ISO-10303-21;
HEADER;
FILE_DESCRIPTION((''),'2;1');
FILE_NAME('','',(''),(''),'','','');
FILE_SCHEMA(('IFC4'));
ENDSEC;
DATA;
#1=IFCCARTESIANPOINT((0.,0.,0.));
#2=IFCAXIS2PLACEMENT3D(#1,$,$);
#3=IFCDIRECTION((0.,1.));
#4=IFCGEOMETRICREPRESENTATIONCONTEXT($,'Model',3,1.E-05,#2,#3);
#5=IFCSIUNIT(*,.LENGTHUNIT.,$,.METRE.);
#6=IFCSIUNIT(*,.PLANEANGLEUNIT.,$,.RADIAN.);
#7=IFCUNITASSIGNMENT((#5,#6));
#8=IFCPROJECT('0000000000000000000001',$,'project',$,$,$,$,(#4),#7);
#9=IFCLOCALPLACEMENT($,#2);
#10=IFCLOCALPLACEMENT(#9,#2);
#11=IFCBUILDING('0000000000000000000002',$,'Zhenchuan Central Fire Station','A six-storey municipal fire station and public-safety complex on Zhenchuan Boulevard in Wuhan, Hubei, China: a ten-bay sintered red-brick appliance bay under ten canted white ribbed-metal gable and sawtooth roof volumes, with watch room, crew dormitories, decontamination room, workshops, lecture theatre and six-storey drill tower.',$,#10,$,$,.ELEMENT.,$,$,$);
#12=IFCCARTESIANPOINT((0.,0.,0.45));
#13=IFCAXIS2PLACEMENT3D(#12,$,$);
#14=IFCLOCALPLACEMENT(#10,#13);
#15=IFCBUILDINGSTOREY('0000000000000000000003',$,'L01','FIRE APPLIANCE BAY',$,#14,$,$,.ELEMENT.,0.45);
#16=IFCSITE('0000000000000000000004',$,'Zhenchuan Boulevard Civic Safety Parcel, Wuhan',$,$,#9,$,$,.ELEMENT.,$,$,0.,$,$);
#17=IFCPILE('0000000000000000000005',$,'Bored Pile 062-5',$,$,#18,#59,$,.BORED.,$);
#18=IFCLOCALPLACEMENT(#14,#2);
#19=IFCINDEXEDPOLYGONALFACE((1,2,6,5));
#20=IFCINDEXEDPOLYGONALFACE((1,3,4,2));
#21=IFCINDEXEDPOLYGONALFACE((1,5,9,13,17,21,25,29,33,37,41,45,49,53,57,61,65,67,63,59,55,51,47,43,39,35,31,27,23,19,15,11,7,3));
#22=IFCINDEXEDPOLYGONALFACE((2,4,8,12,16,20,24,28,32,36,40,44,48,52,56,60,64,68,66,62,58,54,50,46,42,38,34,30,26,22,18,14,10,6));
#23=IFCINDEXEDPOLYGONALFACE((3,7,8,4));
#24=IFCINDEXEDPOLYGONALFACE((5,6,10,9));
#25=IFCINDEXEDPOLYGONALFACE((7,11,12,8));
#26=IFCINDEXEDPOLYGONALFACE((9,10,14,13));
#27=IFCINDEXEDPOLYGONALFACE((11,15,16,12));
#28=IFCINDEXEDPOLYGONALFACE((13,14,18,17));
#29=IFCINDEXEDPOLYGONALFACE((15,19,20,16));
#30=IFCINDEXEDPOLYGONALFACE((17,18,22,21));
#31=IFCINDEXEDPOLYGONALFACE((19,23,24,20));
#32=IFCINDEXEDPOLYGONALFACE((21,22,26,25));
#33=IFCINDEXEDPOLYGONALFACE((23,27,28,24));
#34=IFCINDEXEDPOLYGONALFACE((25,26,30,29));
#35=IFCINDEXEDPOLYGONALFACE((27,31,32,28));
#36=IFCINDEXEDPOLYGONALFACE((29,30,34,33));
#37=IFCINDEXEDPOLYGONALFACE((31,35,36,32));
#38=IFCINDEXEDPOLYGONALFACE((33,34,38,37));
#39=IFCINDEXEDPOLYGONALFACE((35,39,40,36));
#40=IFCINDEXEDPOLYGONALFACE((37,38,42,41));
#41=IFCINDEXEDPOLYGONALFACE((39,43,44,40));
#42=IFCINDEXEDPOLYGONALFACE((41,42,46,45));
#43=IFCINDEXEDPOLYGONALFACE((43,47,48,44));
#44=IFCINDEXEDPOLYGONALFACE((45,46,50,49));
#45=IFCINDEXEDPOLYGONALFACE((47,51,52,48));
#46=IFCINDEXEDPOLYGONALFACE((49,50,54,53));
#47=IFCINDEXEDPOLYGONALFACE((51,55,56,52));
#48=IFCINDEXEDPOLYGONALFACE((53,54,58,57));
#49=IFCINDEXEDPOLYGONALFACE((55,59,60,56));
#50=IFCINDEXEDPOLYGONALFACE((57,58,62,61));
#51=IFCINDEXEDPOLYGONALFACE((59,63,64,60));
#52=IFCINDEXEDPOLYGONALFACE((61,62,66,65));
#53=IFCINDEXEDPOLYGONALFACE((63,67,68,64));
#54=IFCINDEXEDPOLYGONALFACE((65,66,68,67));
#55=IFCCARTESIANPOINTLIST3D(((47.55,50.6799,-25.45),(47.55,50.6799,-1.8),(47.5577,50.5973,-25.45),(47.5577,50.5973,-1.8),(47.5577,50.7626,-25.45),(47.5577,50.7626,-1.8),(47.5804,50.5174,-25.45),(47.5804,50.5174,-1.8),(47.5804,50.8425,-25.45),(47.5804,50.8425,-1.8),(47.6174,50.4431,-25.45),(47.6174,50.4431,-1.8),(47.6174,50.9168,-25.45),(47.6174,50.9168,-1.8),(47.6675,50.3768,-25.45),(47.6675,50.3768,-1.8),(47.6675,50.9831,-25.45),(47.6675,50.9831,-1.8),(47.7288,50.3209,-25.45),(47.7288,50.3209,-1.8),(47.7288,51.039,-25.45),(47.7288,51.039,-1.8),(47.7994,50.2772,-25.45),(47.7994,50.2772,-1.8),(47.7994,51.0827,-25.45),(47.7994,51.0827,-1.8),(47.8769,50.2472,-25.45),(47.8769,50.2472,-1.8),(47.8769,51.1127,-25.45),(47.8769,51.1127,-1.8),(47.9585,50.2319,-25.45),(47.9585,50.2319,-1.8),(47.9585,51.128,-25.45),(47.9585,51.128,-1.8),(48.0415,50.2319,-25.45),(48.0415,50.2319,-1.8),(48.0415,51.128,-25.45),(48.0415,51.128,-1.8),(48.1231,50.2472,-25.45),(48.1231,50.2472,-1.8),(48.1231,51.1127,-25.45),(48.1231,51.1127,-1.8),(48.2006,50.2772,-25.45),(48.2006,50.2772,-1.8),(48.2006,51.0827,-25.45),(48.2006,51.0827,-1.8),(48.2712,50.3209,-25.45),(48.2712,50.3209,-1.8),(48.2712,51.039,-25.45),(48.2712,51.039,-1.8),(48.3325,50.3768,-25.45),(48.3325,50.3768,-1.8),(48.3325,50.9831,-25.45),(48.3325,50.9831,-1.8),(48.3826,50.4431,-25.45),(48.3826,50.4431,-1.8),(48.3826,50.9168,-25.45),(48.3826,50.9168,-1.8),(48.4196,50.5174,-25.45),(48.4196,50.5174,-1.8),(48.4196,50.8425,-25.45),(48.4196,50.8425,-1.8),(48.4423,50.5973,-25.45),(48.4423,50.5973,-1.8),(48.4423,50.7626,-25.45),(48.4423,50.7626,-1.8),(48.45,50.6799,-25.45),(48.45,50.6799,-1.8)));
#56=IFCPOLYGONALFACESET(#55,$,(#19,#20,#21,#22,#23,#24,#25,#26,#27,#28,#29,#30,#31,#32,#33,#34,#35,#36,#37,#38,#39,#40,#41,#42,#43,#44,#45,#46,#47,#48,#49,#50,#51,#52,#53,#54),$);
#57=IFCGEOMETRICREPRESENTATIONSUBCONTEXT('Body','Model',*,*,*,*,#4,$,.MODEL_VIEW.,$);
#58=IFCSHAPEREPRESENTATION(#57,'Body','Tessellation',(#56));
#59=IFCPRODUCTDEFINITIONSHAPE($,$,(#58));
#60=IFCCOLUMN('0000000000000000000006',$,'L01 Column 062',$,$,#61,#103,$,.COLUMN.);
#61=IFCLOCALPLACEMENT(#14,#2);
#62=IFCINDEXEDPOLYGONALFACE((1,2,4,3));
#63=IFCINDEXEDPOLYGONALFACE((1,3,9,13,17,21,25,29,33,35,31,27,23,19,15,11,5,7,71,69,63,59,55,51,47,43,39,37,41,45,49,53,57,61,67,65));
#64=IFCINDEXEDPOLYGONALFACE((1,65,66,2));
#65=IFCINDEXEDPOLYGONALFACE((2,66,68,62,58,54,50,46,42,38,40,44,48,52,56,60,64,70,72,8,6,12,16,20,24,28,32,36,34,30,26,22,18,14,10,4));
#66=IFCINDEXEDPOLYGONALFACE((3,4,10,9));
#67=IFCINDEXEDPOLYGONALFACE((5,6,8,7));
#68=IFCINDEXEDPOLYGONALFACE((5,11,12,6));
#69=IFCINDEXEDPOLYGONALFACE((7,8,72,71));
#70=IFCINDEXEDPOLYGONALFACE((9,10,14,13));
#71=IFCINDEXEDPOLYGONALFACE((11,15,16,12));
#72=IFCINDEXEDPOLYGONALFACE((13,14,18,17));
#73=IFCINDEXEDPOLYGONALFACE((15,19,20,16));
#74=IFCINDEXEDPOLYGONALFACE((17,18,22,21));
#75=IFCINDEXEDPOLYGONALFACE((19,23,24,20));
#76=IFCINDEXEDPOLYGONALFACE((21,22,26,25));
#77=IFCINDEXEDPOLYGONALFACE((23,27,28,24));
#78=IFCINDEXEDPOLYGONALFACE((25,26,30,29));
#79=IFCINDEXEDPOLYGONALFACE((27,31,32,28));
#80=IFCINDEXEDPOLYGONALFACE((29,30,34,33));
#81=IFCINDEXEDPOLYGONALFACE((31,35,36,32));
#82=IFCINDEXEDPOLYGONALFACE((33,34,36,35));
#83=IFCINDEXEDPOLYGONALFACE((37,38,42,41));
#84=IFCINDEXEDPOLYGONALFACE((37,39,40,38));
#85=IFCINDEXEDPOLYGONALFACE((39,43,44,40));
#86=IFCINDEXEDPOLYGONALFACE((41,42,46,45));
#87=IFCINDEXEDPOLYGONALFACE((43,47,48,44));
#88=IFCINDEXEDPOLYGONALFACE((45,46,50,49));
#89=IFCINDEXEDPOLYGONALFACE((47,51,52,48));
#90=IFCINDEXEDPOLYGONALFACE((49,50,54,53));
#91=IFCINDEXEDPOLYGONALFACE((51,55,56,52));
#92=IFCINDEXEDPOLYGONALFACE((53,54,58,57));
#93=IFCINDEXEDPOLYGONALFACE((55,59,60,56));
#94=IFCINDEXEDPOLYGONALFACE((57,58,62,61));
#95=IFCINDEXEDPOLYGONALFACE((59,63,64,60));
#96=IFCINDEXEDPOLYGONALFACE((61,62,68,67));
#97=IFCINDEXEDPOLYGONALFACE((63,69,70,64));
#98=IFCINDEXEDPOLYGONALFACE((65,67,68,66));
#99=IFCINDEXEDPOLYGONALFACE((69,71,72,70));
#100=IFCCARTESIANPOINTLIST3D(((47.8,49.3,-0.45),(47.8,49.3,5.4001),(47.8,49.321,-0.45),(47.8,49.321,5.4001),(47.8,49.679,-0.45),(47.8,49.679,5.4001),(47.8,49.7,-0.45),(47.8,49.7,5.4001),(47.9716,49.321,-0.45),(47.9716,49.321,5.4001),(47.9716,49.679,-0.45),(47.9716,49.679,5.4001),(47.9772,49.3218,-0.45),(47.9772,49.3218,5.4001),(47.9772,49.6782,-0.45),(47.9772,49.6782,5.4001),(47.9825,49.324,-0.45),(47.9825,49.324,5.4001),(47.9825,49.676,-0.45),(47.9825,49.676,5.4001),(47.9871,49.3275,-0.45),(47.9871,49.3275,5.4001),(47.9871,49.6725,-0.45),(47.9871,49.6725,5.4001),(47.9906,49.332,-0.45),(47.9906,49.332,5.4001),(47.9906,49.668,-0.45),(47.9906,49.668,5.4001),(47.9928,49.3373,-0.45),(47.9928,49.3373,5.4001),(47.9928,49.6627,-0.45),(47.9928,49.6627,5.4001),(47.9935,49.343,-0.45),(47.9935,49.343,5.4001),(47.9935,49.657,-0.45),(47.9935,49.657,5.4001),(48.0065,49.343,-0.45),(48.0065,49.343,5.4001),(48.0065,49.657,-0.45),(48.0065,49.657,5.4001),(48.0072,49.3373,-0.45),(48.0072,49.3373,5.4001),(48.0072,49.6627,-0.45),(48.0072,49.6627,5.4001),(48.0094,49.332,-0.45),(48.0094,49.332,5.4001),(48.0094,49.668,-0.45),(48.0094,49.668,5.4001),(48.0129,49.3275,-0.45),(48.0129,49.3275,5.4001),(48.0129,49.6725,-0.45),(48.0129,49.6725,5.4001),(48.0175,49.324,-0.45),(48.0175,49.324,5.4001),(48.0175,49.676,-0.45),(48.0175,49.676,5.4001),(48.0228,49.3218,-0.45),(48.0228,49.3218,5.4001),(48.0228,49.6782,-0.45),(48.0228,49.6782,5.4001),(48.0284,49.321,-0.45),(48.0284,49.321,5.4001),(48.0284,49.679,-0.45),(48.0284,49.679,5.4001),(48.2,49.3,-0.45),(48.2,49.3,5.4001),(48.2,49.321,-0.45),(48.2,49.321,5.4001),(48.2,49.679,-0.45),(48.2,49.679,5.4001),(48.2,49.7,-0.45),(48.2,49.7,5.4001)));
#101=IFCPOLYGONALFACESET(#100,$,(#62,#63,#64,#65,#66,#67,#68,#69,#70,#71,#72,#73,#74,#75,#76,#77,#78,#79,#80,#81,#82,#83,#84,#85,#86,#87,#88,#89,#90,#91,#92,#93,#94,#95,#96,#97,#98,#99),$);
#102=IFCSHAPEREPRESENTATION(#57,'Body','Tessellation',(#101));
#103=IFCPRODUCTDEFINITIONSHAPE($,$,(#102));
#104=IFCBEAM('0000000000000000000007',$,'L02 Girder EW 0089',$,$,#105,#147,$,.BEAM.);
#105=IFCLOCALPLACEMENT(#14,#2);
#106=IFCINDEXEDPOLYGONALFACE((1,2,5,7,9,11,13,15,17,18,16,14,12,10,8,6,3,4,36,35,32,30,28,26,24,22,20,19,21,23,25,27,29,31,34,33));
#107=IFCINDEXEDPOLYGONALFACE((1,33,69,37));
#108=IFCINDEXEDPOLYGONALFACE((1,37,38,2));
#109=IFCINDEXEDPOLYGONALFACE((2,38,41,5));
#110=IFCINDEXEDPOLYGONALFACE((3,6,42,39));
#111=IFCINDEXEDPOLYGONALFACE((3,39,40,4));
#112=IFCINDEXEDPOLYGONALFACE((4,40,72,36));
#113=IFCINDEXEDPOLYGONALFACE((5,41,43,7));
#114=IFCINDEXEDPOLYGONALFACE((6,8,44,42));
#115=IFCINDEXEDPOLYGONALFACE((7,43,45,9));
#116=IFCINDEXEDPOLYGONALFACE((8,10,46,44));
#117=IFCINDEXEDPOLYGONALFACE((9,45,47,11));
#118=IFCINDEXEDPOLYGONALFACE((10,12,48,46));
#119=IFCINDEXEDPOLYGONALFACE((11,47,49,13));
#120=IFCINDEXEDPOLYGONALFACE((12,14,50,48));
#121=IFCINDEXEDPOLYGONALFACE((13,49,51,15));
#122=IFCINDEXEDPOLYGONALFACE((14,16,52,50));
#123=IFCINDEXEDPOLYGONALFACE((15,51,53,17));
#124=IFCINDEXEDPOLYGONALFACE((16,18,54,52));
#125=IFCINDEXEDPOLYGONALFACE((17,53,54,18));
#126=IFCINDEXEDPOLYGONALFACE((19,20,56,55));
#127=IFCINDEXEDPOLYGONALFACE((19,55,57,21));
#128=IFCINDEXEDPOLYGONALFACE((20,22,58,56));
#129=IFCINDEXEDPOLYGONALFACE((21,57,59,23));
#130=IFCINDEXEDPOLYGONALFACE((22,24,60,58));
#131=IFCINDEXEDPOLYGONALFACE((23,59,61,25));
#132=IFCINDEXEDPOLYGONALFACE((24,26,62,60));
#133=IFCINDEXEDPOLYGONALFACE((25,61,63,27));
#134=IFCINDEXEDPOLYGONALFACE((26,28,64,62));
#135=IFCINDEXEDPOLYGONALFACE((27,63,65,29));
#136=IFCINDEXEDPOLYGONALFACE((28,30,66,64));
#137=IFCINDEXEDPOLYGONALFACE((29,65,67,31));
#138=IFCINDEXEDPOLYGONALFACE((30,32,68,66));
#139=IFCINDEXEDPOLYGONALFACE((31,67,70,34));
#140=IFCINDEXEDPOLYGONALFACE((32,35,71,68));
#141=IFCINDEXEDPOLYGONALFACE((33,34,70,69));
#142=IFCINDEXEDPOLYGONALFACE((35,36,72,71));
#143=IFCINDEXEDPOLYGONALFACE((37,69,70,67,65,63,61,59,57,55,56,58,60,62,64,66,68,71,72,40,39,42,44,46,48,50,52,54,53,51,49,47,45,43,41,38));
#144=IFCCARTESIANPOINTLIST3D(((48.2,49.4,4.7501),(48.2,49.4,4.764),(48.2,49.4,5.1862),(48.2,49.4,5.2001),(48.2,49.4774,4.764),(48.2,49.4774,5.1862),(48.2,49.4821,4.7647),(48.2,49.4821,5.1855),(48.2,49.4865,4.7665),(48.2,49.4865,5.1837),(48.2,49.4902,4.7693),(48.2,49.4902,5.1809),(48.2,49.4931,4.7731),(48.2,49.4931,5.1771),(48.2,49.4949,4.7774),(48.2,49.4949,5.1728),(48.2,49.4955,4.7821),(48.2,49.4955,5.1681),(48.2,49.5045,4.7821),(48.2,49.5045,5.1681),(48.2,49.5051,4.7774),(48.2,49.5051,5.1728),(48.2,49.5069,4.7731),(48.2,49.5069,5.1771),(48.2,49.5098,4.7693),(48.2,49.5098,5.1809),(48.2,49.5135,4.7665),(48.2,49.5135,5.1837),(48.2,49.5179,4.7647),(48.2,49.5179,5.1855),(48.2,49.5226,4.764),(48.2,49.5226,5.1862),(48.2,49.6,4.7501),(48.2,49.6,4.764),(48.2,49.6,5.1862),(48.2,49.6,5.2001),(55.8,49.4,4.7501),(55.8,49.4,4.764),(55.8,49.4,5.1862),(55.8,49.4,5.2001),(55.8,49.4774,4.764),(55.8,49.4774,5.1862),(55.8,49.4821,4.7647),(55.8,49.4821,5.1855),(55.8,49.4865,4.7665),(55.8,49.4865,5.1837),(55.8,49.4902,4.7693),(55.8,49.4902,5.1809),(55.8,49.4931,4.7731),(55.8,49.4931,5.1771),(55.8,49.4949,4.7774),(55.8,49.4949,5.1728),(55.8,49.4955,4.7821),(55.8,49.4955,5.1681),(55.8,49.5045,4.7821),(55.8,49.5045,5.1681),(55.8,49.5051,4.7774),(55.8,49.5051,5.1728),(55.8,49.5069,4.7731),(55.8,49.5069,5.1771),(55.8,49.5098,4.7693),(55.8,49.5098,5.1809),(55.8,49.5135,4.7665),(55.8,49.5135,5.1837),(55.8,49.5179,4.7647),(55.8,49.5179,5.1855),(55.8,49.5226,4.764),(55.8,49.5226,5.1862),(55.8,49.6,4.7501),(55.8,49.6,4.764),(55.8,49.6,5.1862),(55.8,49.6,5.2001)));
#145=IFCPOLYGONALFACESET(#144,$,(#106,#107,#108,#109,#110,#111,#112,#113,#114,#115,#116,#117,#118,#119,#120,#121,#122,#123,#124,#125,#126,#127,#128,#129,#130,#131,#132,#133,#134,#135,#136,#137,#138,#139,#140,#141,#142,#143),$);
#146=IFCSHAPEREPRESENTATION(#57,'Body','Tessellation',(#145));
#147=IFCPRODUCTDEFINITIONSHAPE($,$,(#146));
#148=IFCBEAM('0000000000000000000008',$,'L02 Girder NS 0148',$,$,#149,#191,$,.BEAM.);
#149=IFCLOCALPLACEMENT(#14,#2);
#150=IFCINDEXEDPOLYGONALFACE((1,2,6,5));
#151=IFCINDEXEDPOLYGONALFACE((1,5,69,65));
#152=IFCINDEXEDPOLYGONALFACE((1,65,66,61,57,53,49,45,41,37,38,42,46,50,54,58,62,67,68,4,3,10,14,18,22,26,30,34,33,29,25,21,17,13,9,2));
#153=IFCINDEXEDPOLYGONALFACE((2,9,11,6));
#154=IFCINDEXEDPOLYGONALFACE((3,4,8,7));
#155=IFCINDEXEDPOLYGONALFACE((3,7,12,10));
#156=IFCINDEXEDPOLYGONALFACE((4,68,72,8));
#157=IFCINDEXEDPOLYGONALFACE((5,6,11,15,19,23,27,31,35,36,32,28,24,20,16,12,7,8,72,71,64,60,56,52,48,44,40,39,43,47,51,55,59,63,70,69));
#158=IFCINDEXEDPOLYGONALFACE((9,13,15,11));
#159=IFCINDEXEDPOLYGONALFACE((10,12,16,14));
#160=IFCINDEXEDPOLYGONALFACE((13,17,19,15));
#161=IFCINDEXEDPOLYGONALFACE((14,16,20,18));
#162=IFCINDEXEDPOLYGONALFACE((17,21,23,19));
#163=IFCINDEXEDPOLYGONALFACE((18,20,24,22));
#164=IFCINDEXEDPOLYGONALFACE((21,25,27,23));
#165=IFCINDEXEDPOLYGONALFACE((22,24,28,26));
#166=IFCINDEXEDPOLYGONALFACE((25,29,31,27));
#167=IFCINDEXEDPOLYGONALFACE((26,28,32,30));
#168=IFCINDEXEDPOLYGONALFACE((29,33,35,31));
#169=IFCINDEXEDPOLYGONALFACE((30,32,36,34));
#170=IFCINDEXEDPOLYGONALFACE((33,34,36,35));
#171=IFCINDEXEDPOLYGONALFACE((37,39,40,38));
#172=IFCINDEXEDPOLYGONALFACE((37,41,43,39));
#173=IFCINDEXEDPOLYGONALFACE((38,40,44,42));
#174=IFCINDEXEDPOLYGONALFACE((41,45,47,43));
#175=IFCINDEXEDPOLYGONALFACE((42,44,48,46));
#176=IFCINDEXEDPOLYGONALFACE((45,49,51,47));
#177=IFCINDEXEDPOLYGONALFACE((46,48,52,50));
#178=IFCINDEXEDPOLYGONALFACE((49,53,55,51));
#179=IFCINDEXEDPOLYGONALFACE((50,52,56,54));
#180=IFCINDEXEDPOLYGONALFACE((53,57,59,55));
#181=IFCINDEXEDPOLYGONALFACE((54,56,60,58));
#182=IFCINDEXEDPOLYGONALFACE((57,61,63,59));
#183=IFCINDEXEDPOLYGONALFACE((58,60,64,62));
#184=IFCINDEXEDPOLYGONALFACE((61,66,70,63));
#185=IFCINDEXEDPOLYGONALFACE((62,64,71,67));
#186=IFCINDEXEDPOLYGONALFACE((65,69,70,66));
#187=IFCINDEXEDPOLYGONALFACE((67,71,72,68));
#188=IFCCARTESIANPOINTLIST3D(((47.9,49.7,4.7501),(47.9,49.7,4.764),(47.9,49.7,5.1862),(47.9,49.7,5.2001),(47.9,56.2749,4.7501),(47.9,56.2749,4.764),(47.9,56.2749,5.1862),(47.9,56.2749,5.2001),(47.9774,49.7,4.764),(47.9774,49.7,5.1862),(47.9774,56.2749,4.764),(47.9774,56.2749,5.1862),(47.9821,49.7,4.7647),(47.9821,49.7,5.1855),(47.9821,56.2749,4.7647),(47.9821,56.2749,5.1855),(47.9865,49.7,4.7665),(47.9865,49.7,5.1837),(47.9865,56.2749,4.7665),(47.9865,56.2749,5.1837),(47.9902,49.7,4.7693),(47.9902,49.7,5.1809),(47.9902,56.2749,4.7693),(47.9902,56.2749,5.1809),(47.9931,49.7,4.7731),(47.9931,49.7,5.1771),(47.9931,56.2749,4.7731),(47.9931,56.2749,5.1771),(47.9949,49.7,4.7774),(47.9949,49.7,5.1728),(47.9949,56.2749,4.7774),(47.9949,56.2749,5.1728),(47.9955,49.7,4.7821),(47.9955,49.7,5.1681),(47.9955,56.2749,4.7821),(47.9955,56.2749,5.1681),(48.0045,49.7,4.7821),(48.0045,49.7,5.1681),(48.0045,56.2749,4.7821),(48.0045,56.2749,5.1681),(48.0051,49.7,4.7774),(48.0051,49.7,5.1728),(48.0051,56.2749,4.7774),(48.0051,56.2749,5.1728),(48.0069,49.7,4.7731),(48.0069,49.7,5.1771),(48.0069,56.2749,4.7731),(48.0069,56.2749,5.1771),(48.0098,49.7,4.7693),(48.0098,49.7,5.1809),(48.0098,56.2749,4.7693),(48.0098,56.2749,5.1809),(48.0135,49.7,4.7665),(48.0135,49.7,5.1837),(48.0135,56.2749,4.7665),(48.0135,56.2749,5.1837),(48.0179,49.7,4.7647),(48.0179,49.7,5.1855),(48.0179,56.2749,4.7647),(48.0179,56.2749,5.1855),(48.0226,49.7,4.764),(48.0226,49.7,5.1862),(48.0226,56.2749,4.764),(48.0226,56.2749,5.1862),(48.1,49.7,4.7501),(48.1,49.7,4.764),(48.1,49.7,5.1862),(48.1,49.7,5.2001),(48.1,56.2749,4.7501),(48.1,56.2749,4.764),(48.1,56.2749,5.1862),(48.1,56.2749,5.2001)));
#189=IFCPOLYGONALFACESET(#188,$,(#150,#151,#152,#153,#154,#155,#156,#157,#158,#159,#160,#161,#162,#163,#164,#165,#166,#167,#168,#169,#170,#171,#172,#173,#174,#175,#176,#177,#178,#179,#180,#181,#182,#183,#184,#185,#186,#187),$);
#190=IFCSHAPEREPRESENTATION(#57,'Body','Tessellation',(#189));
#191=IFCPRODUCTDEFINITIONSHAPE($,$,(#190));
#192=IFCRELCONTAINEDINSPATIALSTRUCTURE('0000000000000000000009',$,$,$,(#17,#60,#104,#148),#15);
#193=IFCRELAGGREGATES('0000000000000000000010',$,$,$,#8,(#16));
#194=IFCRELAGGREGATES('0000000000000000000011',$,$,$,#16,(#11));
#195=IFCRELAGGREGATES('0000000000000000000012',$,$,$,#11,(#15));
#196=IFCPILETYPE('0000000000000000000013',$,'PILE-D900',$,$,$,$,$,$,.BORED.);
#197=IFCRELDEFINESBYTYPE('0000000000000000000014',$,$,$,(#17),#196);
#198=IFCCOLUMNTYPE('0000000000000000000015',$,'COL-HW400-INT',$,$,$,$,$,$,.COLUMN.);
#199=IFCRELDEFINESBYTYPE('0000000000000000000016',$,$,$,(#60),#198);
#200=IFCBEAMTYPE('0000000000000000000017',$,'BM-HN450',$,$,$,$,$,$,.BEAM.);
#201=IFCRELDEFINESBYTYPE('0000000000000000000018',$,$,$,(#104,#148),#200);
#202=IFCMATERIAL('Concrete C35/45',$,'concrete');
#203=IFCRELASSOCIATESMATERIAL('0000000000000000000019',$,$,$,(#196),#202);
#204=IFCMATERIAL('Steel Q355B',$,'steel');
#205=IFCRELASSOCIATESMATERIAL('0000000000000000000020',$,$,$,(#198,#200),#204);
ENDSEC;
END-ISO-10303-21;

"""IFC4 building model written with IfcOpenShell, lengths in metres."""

from ifc_helpers import new_model, si_unit, direction, frame, origin, origin_2d, place, context, subcontext, project, spatial, circle, i_section, extrude, material, material_profile, profile_set, type_object, element, save


model = new_model("IFC4")

# Units and contexts
model_context = context("Model", 3, precision=1e-05, world=origin(), true_north=direction((0.0, 1.0)))
body_context = subcontext(model_context, "Body", "Model", "MODEL_VIEW")
ifc_project = project(units=[si_unit("LENGTHUNIT", "METRE"), si_unit("PLANEANGLEUNIT", "RADIAN")], contexts=[model_context])

# Site, building, storey
site_placement = place(None, origin())
site = spatial("IfcSite", under=ifc_project, at=site_placement, Name="Zhenchuan Boulevard Civic Safety Parcel, Wuhan", CompositionType="ELEMENT", RefElevation=0.0)
building_placement = place(site_placement, origin())
building = spatial("IfcBuilding", under=site, at=building_placement, Name="Zhenchuan Central Fire Station", Description="A six-storey municipal fire station and public-safety complex on Zhenchuan Boulevard in Wuhan, Hubei, China: a ten-bay sintered red-brick appliance bay under ten canted white ribbed-metal gable and sawtooth roof volumes, with watch room, crew dormitories, decontamination room, workshops, lecture theatre and six-storey drill tower.", CompositionType="ELEMENT")
storey_placement = place(building_placement, frame((0.0, 0.0, 0.45)))
storey = spatial("IfcBuildingStorey", under=building, at=storey_placement, Name="L01", Description="FIRE APPLIANCE BAY", CompositionType="ELEMENT", Elevation=0.45)

# Pile
ifc_material_1 = material(Name="Concrete C35/45", Category="concrete")
ifc_material_profile_1 = material_profile(ifc_material_1, circle(Radius=0.45, at=origin_2d()), Name="PILE D900")
ifc_profile_set_1 = profile_set([ifc_material_profile_1], Name="Concrete C35/45")
pile_type_1 = type_object("IfcPileType", Name="PILE-D900", PredefinedType="BORED", material=ifc_profile_set_1)
for number, where, z_axis, x_axis, name in (
    (1, (48.0, 50.6799, -1.8), (0.0, 0.0, -1.0), (1.0, 0.0, 0.0), "Bored Pile 062-5"),
):
    element("IfcPile", number, at=place(storey_placement, frame(where, z_axis=z_axis, x_axis=x_axis)), inside=storey, type_object=pile_type_1, Name=name, PredefinedType="BORED", context=body_context, shape_type="SweptSolid", body=[
        extrude(circle(Radius=0.45, at=origin_2d()), origin(), (0.0, 0.0, 1.0), 23.6499),
    ])

# Column
ifc_material_2 = material(Name="Steel Q355B", Category="steel")
ifc_material_profile_2 = material_profile(ifc_material_2, i_section(OverallWidth=0.3999, OverallDepth=0.3999, WebThickness=0.0129, FlangeThickness=0.021, FilletRadius=0.022, at=origin_2d()), Name="HW 400x400")
ifc_profile_set_2 = profile_set([ifc_material_profile_2], Name="Steel Q355B")
column_type = type_object("IfcColumnType", Name="COL-HW400-INT", PredefinedType="COLUMN", material=ifc_profile_set_2)
column_placement = place(storey_placement, frame((48.0, 49.5, -0.45), z_axis=(0.0, 0.0, 1.0), x_axis=(1.0, 0.0, 0.0)))
element("IfcColumn", 2, at=column_placement, inside=storey, type_object=column_type, Name="L01 Column 062", PredefinedType="COLUMN", context=body_context, shape_type="SweptSolid", body=[
    extrude(i_section(OverallWidth=0.3999, OverallDepth=0.3999, WebThickness=0.0129, FlangeThickness=0.021, FilletRadius=0.022, at=origin_2d()), origin(), (0.0, 0.0, 1.0), 5.8501),
])

# Beams
ifc_material_profile_3 = material_profile(ifc_material_2, i_section(OverallWidth=0.2, OverallDepth=0.45, WebThickness=0.009, FlangeThickness=0.0139, FilletRadius=0.0181, at=origin_2d()), Name="HN 450x200")
ifc_profile_set_3 = profile_set([ifc_material_profile_3], Name="Steel Q355B")
beam_type_1 = type_object("IfcBeamType", Name="BM-HN450", PredefinedType="BEAM", material=ifc_profile_set_3)
beam_1_placement = place(storey_placement, frame((48.2, 49.5, 4.9751), z_axis=(1.0, 0.0, 0.0), x_axis=(0.0, 1.0, 0.0)))
element("IfcBeam", 3, at=beam_1_placement, inside=storey, type_object=beam_type_1, Name="L02 Girder EW 0089", PredefinedType="BEAM", context=body_context, shape_type="SweptSolid", body=[
    extrude(i_section(OverallWidth=0.2, OverallDepth=0.45, WebThickness=0.009, FlangeThickness=0.0139, FilletRadius=0.0181, at=origin_2d()), origin(), (0.0, 0.0, 1.0), 7.6001),
])
beam_2_placement = place(storey_placement, frame((48.0, 49.7, 4.9751), z_axis=(0.0, 1.0, 0.0), x_axis=(-1.0, 0.0, 0.0)))
element("IfcBeam", 4, at=beam_2_placement, inside=storey, type_object=beam_type_1, Name="L02 Girder NS 0148", PredefinedType="BEAM", context=body_context, shape_type="SweptSolid", body=[
    extrude(i_section(OverallWidth=0.2, OverallDepth=0.45, WebThickness=0.009, FlangeThickness=0.0139, FilletRadius=0.0181, at=origin_2d()), origin(), (0.0, 0.0, 1.0), 6.575),
])

save(model, "model.ifc")
